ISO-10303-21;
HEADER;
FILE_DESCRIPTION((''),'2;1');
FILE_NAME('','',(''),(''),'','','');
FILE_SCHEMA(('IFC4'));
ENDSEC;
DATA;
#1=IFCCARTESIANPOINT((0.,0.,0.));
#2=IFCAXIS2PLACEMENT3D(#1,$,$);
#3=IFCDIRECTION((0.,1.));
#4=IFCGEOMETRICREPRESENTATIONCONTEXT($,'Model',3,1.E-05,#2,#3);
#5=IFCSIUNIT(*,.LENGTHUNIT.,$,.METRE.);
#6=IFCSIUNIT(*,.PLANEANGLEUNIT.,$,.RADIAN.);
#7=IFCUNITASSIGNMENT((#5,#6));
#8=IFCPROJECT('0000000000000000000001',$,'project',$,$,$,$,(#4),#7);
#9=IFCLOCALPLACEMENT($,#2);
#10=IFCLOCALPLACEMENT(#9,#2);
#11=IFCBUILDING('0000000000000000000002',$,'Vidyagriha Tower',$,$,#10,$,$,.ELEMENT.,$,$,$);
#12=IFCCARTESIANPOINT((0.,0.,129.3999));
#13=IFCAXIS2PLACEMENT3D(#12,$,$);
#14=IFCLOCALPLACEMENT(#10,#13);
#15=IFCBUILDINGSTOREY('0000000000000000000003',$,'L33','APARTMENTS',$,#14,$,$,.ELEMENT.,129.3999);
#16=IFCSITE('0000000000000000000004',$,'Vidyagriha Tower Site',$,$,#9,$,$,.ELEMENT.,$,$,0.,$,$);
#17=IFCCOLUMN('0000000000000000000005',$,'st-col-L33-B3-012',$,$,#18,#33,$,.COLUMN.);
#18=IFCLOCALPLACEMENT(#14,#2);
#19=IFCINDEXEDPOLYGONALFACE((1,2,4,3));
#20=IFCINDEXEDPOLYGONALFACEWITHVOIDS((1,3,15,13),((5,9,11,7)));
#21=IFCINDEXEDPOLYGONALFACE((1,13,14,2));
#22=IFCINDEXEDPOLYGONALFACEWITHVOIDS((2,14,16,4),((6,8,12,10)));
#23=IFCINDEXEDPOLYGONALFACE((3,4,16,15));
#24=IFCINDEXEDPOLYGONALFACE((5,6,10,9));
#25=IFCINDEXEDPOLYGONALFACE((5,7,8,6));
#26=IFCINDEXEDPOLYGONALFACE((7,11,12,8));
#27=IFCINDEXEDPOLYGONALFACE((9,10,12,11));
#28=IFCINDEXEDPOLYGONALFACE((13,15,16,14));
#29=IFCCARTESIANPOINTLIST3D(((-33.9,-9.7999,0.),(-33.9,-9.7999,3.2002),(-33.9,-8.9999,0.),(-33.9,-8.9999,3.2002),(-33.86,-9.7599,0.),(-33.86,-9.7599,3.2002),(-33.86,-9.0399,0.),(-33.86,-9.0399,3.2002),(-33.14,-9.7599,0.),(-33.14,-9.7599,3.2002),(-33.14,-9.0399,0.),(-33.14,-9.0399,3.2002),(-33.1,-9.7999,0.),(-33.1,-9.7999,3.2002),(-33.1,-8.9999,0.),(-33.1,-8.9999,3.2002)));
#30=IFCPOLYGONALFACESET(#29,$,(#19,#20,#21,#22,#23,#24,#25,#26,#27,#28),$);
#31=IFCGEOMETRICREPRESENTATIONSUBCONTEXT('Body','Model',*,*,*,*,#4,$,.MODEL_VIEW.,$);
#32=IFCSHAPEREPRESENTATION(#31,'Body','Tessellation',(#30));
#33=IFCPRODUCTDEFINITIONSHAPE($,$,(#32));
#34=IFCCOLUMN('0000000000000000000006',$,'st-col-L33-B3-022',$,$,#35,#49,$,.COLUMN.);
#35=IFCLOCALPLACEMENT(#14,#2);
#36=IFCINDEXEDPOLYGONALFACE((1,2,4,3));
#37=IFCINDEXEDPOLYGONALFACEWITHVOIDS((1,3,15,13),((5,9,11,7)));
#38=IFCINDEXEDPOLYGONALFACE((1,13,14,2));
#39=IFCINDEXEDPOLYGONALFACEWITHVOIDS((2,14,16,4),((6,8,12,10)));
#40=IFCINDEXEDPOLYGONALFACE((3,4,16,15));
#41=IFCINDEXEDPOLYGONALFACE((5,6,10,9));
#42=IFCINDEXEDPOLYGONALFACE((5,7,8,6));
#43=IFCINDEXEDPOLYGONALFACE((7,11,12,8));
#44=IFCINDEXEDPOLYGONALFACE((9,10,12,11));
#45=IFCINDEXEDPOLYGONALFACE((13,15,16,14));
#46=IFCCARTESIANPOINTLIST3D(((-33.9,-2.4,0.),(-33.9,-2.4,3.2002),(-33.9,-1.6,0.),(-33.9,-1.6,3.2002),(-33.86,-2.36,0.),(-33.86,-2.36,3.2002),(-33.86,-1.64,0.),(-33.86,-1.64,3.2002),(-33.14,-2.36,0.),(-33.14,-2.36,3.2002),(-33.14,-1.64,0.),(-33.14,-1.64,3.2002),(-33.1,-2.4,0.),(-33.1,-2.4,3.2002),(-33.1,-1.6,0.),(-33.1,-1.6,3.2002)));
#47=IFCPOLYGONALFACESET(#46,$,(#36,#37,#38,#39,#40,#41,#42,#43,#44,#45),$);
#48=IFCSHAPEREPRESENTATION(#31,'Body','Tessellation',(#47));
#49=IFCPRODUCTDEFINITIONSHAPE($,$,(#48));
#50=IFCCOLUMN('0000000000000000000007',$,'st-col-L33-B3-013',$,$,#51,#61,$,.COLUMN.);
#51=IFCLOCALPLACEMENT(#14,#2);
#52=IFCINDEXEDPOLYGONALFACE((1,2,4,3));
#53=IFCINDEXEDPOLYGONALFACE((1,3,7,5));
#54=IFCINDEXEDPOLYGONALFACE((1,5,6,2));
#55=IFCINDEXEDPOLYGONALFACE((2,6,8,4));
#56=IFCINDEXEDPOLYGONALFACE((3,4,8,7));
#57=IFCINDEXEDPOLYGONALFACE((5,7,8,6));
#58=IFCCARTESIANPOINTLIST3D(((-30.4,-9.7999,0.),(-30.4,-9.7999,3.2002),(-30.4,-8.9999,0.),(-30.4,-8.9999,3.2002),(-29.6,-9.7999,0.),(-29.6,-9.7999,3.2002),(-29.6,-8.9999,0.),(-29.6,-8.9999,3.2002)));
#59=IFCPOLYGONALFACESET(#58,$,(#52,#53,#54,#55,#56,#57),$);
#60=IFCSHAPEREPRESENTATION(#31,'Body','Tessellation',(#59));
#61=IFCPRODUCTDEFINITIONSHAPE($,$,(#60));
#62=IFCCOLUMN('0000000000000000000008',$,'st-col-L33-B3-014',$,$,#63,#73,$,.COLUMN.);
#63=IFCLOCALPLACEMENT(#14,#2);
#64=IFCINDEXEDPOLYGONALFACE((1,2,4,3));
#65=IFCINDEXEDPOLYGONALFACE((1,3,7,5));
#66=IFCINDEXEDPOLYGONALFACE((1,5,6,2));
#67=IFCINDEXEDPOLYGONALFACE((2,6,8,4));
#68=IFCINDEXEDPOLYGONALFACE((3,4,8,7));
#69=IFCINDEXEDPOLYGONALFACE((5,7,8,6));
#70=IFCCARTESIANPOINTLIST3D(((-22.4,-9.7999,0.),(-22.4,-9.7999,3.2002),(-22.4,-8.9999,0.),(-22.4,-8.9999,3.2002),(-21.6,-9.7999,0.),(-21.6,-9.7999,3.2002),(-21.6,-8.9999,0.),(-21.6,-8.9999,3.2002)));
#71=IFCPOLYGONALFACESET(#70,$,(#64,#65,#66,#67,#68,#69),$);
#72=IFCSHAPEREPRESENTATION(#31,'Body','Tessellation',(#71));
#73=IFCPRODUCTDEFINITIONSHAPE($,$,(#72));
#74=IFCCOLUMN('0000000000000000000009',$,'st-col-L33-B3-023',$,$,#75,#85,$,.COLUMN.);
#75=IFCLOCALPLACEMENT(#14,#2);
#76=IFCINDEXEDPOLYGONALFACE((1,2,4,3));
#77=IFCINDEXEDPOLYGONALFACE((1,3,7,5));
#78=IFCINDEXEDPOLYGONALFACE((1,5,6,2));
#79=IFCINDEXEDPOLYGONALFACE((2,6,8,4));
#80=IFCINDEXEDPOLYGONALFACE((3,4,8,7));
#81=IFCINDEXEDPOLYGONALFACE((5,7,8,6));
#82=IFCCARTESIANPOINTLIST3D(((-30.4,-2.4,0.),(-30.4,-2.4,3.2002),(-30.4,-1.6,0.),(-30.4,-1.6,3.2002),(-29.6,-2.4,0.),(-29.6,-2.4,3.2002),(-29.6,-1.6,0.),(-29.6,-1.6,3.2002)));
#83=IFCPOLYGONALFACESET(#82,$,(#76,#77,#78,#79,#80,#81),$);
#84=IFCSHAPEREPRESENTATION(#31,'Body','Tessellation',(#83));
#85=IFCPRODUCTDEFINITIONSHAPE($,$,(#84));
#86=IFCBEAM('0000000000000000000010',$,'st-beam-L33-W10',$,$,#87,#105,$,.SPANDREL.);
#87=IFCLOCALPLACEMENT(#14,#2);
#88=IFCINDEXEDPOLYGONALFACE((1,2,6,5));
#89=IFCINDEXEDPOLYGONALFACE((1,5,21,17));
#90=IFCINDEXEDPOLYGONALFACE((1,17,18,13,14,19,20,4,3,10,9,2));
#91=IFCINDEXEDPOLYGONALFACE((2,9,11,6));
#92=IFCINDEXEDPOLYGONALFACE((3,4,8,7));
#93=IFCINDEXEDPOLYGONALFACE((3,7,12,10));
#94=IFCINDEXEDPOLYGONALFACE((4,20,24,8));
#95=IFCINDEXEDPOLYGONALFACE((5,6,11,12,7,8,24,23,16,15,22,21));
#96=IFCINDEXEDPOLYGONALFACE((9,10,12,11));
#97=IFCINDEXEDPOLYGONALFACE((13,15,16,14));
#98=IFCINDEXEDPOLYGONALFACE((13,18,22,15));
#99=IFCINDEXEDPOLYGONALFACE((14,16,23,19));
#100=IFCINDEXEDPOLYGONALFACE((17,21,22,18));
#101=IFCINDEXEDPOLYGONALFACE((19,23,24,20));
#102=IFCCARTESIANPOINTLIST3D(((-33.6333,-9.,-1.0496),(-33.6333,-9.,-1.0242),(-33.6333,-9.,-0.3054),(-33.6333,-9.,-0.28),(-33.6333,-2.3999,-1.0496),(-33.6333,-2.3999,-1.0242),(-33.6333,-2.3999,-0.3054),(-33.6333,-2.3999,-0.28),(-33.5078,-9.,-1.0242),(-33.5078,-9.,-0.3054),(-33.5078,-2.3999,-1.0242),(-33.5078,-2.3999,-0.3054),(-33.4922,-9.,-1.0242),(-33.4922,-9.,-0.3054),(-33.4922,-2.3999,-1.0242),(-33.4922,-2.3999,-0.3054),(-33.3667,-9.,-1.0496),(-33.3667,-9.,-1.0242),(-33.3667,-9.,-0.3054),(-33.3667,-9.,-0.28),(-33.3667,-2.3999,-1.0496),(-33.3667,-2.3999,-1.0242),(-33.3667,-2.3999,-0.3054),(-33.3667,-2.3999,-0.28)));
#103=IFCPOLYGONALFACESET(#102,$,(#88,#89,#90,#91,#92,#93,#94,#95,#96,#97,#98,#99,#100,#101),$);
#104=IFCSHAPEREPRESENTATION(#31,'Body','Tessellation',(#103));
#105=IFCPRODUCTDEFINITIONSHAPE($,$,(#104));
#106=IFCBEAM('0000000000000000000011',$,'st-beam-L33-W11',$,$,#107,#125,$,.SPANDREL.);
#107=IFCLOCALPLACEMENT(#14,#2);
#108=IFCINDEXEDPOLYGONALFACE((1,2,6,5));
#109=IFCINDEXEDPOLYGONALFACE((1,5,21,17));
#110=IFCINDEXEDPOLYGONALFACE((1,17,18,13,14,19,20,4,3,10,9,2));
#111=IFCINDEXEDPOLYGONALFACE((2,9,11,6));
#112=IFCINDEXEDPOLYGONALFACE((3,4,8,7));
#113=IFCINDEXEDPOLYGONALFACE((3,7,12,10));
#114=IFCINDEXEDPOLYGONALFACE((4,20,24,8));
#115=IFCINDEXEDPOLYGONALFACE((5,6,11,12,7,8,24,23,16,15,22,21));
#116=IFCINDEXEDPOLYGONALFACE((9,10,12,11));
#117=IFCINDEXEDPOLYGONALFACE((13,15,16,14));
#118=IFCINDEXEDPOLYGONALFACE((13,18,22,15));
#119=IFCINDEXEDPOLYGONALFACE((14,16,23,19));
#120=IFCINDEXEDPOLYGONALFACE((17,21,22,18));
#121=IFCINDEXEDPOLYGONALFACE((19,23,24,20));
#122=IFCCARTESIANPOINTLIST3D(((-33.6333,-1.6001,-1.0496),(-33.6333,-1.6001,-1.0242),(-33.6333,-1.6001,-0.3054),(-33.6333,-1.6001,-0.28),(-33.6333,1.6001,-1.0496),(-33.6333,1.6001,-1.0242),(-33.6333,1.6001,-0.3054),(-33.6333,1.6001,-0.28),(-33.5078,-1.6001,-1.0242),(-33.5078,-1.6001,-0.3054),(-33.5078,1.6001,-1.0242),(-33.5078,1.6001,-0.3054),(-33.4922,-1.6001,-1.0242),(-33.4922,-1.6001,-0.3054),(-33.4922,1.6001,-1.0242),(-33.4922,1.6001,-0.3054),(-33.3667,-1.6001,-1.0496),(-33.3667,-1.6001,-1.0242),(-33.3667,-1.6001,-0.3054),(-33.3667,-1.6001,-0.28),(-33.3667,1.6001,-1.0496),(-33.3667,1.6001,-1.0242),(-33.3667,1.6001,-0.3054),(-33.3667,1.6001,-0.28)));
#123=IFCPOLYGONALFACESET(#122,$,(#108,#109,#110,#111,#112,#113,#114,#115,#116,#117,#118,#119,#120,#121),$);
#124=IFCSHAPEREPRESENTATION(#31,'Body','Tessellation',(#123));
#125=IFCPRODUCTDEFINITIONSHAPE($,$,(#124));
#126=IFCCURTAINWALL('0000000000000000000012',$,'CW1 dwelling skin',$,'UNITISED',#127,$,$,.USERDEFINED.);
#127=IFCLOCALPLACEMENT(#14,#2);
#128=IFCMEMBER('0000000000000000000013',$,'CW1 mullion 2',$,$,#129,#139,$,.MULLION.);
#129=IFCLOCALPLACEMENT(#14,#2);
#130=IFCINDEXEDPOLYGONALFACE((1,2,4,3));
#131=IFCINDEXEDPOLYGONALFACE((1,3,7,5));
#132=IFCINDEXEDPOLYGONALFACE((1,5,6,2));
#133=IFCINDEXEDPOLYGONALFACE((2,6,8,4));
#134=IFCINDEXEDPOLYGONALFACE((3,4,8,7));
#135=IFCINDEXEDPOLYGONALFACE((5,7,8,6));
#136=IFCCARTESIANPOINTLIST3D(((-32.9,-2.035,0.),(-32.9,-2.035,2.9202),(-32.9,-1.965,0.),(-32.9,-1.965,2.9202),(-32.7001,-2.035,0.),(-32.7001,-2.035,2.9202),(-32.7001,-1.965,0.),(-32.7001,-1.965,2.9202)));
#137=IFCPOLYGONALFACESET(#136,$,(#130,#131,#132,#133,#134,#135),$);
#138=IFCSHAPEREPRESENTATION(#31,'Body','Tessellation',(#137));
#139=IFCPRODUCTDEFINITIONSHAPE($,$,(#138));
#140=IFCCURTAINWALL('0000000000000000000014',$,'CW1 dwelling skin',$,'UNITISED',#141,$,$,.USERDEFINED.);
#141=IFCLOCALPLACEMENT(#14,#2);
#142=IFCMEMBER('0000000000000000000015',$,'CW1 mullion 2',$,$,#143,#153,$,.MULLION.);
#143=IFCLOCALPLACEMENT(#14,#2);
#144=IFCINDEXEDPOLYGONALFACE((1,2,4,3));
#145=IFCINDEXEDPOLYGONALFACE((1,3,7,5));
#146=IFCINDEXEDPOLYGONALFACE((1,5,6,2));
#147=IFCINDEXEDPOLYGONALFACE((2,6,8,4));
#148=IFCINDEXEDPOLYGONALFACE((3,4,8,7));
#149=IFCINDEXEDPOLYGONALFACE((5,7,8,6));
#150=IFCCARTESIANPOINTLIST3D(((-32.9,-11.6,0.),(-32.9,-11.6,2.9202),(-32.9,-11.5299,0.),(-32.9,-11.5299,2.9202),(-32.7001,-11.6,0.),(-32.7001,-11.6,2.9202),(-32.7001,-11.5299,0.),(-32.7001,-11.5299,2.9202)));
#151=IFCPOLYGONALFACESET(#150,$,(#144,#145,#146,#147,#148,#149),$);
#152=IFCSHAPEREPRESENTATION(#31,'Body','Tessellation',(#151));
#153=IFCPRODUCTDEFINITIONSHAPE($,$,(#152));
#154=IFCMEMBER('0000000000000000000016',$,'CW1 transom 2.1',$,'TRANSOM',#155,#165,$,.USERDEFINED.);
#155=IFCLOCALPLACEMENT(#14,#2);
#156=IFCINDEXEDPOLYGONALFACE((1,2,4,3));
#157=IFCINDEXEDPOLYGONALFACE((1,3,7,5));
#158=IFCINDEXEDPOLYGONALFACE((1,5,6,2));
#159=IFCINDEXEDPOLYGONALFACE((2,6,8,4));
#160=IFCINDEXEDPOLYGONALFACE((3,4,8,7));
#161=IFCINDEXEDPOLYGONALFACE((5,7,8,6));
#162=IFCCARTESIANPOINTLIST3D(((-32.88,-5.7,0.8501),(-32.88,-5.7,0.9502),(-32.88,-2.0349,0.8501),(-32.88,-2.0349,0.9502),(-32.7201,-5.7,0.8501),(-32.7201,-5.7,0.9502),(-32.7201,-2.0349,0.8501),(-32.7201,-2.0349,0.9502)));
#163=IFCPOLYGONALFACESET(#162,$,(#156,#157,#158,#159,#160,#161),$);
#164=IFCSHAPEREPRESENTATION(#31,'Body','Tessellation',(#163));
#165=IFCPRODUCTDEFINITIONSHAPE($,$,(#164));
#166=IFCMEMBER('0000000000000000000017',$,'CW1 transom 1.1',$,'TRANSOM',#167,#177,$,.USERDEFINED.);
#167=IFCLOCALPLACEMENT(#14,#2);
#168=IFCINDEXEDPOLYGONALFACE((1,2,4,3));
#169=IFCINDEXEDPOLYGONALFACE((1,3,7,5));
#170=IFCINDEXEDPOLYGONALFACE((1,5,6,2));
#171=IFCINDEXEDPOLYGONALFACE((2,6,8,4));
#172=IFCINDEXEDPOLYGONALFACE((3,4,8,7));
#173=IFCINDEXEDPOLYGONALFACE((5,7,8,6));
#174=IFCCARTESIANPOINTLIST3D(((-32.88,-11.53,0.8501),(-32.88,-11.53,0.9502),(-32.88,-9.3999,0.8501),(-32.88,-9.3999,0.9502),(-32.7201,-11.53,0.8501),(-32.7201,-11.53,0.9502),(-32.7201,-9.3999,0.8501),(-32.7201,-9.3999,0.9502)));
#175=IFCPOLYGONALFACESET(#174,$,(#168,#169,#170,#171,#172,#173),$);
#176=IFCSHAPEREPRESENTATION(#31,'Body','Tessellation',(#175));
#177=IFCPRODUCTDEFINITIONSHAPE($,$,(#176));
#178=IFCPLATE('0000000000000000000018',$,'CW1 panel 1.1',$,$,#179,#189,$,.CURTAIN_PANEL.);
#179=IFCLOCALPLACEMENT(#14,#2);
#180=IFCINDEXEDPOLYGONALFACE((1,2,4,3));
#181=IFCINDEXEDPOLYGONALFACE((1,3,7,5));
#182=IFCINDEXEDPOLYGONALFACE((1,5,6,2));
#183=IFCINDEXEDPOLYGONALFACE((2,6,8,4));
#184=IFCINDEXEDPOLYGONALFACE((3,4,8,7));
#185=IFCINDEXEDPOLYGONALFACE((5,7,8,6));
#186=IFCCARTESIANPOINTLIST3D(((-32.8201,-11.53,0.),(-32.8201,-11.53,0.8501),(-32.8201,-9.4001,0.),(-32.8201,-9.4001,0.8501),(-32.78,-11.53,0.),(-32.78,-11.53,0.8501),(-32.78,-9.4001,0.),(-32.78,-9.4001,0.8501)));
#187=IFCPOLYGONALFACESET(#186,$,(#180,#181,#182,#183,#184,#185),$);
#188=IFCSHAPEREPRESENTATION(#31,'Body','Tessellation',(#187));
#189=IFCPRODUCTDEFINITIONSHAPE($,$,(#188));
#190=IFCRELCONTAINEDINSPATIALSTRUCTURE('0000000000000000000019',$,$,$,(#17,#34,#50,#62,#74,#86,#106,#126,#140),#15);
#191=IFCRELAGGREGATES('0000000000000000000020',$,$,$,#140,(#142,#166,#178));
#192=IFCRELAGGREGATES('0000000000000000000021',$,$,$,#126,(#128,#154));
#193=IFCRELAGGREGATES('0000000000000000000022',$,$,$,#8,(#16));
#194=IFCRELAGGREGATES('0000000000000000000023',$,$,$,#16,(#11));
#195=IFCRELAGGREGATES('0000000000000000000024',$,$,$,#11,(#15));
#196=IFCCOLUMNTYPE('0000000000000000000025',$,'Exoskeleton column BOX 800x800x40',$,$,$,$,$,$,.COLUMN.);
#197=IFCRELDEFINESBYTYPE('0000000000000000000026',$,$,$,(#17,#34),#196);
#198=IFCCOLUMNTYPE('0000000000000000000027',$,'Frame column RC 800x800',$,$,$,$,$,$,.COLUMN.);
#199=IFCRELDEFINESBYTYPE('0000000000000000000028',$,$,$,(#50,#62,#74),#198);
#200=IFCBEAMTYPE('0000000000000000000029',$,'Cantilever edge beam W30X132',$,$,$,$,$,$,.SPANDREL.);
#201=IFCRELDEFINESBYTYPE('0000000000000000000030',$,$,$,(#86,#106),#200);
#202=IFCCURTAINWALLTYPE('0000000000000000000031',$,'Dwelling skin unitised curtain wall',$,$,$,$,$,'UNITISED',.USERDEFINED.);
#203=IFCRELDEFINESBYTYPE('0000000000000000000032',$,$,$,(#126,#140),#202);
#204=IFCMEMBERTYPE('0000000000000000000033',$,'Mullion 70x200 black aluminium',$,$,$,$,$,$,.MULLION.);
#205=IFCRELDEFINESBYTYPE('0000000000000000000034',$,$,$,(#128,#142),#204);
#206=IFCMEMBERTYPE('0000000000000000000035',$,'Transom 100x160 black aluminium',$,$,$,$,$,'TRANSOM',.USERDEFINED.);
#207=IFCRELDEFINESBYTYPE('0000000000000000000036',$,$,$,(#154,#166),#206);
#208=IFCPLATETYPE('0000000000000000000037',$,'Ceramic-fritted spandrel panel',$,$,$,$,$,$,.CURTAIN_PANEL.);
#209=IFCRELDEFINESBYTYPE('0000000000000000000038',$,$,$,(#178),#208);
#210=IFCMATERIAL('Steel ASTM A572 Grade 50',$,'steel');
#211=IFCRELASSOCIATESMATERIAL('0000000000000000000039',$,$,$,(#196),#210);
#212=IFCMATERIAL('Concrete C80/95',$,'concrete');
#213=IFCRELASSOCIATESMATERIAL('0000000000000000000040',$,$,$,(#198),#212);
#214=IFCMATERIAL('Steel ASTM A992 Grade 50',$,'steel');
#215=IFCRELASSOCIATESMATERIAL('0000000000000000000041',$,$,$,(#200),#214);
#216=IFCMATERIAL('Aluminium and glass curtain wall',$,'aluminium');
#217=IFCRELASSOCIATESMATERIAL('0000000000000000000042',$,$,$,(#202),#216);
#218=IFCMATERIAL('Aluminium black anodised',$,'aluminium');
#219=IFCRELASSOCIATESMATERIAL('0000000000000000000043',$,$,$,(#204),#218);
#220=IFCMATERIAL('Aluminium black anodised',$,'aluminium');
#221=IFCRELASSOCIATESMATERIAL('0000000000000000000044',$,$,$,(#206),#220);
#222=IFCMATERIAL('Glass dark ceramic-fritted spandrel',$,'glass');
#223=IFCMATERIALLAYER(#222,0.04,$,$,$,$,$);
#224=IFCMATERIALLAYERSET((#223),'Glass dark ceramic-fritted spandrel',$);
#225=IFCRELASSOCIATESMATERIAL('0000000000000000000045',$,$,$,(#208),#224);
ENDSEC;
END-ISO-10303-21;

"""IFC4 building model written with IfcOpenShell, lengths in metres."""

from ifc_helpers import new_model, si_unit, direction, frame, origin, origin_2d, place, context, subcontext, project, spatial, rectangle, hollow_rectangle, i_section, extrude, material, layer, layer_set, material_profile, profile_set, type_object, element, aggregate, save


model = new_model("IFC4")

# Units and contexts
model_context = context("Model", 3, precision=1e-05, world=origin(), true_north=direction((0.0, 1.0)))
body_context = subcontext(model_context, "Body", "Model", "MODEL_VIEW")
ifc_project = project(units=[si_unit("LENGTHUNIT", "METRE"), si_unit("PLANEANGLEUNIT", "RADIAN")], contexts=[model_context])

# Site, building, storey
site_placement = place(None, origin())
site = spatial("IfcSite", under=ifc_project, at=site_placement, Name="Vidyagriha Tower Site", CompositionType="ELEMENT", RefElevation=0.0)
building_placement = place(site_placement, origin())
building = spatial("IfcBuilding", under=site, at=building_placement, Name="Vidyagriha Tower", CompositionType="ELEMENT")
storey_placement = place(building_placement, frame((0.0, 0.0, 129.3999)))
storey = spatial("IfcBuildingStorey", under=building, at=storey_placement, Name="L33", Description="APARTMENTS", CompositionType="ELEMENT", Elevation=129.3999)

# Columns
ifc_material_1 = material(Name="Steel ASTM A572 Grade 50", Category="steel")
ifc_material_profile_1 = material_profile(ifc_material_1, hollow_rectangle(XDim=0.8, YDim=0.8, WallThickness=0.04, at=origin_2d()), Name="BOX 800x800x40")
ifc_profile_set_1 = profile_set([ifc_material_profile_1], Name="Steel ASTM A572 Grade 50")
column_type_1 = type_object("IfcColumnType", Name="Exoskeleton column BOX 800x800x40", PredefinedType="COLUMN", material=ifc_profile_set_1)
for number, where, name in (
    (1, (-33.5, -9.3999, 0.0), "st-col-L33-B3-012"),
    (2, (-33.5, -2.0, 0.0), "st-col-L33-B3-022"),
):
    element("IfcColumn", number, at=place(storey_placement, frame(where)), inside=storey, type_object=column_type_1, Name=name, PredefinedType="COLUMN", context=body_context, shape_type="SweptSolid", body=[
        extrude(hollow_rectangle(XDim=0.8, YDim=0.8, WallThickness=0.04, at=origin_2d()), origin(), (0.0, 0.0, 1.0), 3.2002),
    ])
ifc_material_2 = material(Name="Concrete C80/95", Category="concrete")
ifc_material_profile_2 = material_profile(ifc_material_2, rectangle(XDim=0.8, YDim=0.8, at=origin_2d()), Name="RC 800x800")
ifc_profile_set_2 = profile_set([ifc_material_profile_2], Name="Concrete C80/95")
column_type_2 = type_object("IfcColumnType", Name="Frame column RC 800x800", PredefinedType="COLUMN", material=ifc_profile_set_2)
for number, where, name in (
    (3, (-30.0, -9.3999, 0.0), "st-col-L33-B3-013"),
    (4, (-22.0, -9.3999, 0.0), "st-col-L33-B3-014"),
    (5, (-30.0, -2.0, 0.0), "st-col-L33-B3-023"),
):
    element("IfcColumn", number, at=place(storey_placement, frame(where)), inside=storey, type_object=column_type_2, Name=name, PredefinedType="COLUMN", context=body_context, shape_type="SweptSolid", body=[
        extrude(rectangle(XDim=0.8, YDim=0.8, at=origin_2d()), origin(), (0.0, 0.0, 1.0), 3.2002),
    ])

# Beams
ifc_material_3 = material(Name="Steel ASTM A992 Grade 50", Category="steel")
ifc_material_profile_3 = material_profile(ifc_material_3, i_section(OverallWidth=0.2666, OverallDepth=0.7695, WebThickness=0.0156, FlangeThickness=0.0254, at=origin_2d()), Name="W30X132")
ifc_profile_set_3 = profile_set([ifc_material_profile_3], Name="Steel ASTM A992 Grade 50")
beam_type = type_object("IfcBeamType", Name="Cantilever edge beam W30X132", PredefinedType="SPANDREL", material=ifc_profile_set_3)
beam_1_placement = place(storey_placement, frame((-33.5, -9.0, -0.6648), z_axis=(0.0, 1.0, 0.0), x_axis=(-1.0, 0.0, 0.0)))
element("IfcBeam", 6, at=beam_1_placement, inside=storey, type_object=beam_type, Name="st-beam-L33-W10", PredefinedType="SPANDREL", context=body_context, shape_type="SweptSolid", body=[
    extrude(i_section(OverallWidth=0.2666, OverallDepth=0.7695, WebThickness=0.0156, FlangeThickness=0.0254, at=origin_2d()), origin(), (0.0, 0.0, 1.0), 6.6001),
])
beam_2_placement = place(storey_placement, frame((-33.5, -1.6001, -0.6648), z_axis=(0.0, 1.0, 0.0), x_axis=(-1.0, 0.0, 0.0)))
element("IfcBeam", 7, at=beam_2_placement, inside=storey, type_object=beam_type, Name="st-beam-L33-W11", PredefinedType="SPANDREL", context=body_context, shape_type="SweptSolid", body=[
    extrude(i_section(OverallWidth=0.2666, OverallDepth=0.7695, WebThickness=0.0156, FlangeThickness=0.0254, at=origin_2d()), origin(), (0.0, 0.0, 1.0), 3.2002),
])

# Curtain walls, members
ifc_material_4 = material(Name="Aluminium and glass curtain wall", Category="aluminium")
curtain_wall_type = type_object("IfcCurtainWallType", Name="Dwelling skin unitised curtain wall", ElementType="UNITISED", PredefinedType="USERDEFINED", material=ifc_material_4)
curtain_wall_1_placement = place(storey_placement, origin())
curtain_wall_1 = element("IfcCurtainWall", 8, at=curtain_wall_1_placement, inside=storey, type_object=curtain_wall_type, Name="CW1 dwelling skin", ObjectType="UNITISED", PredefinedType="USERDEFINED")
ifc_material_5 = material(Name="Aluminium black anodised", Category="aluminium")
ifc_material_profile_4 = material_profile(ifc_material_5, rectangle(XDim=0.2, YDim=0.0701, at=origin_2d()), Name="Mullion 70x200 black aluminium")
ifc_profile_set_4 = profile_set([ifc_material_profile_4], Name="Aluminium black anodised")
member_type_1 = type_object("IfcMemberType", Name="Mullion 70x200 black aluminium", PredefinedType="MULLION", material=ifc_profile_set_4)
member_1_placement = place(storey_placement, frame((-32.8, -2.0, 0.0)))
member_1 = element("IfcMember", 9, at=member_1_placement, type_object=member_type_1, Name="CW1 mullion 2", PredefinedType="MULLION", context=body_context, shape_type="SweptSolid", body=[
    extrude(rectangle(XDim=0.2, YDim=0.0701, at=origin_2d()), origin(), (0.0, 0.0, 1.0), 2.9202),
])
curtain_wall_2_placement = place(storey_placement, origin())
curtain_wall_2 = element("IfcCurtainWall", 10, at=curtain_wall_2_placement, inside=storey, type_object=curtain_wall_type, Name="CW1 dwelling skin", ObjectType="UNITISED", PredefinedType="USERDEFINED")
member_2_placement = place(storey_placement, frame((-32.8, -11.5649, 0.0)))
member_2 = element("IfcMember", 11, at=member_2_placement, type_object=member_type_1, Name="CW1 mullion 2", PredefinedType="MULLION", context=body_context, shape_type="SweptSolid", body=[
    extrude(rectangle(XDim=0.2, YDim=0.0701, at=origin_2d()), origin(), (0.0, 0.0, 1.0), 2.9202),
])

# Members
ifc_material_6 = material(Name="Aluminium black anodised", Category="aluminium")
ifc_material_profile_5 = material_profile(ifc_material_6, rectangle(XDim=0.1599, YDim=0.1001, at=origin_2d()), Name="Transom 100x160 black aluminium")
ifc_profile_set_5 = profile_set([ifc_material_profile_5], Name="Aluminium black anodised")
member_type_2 = type_object("IfcMemberType", Name="Transom 100x160 black aluminium", ElementType="TRANSOM", PredefinedType="USERDEFINED", material=ifc_profile_set_5)
member_3_placement = place(storey_placement, frame((-32.8, -2.0349, 0.9001), z_axis=(0.0, -1.0, 0.0), x_axis=(1.0, 0.0, 0.0)))
member_3 = element("IfcMember", 12, at=member_3_placement, type_object=member_type_2, Name="CW1 transom 2.1", ObjectType="TRANSOM", PredefinedType="USERDEFINED", context=body_context, shape_type="SweptSolid", body=[
    extrude(rectangle(XDim=0.1599, YDim=0.1001, at=origin_2d()), origin(), (0.0, 0.0, 1.0), 3.665),
])
member_4_placement = place(storey_placement, frame((-32.8, -9.3999, 0.9001), z_axis=(0.0, -1.0, 0.0), x_axis=(1.0, 0.0, 0.0)))
member_4 = element("IfcMember", 13, at=member_4_placement, type_object=member_type_2, Name="CW1 transom 1.1", ObjectType="TRANSOM", PredefinedType="USERDEFINED", context=body_context, shape_type="SweptSolid", body=[
    extrude(rectangle(XDim=0.1599, YDim=0.1001, at=origin_2d()), origin(), (0.0, 0.0, 1.0), 2.1301),
])

# Plate
ifc_material_7 = material(Name="Glass dark ceramic-fritted spandrel", Category="glass")
ifc_layer_1 = layer(ifc_material_7, 0.04)
ifc_layer_set_1 = layer_set([ifc_layer_1], Name="Glass dark ceramic-fritted spandrel")
plate_type_1 = type_object("IfcPlateType", Name="Ceramic-fritted spandrel panel", PredefinedType="CURTAIN_PANEL", material=ifc_layer_set_1)
plate_1_placement = place(storey_placement, frame((-32.8, -10.4651, 0.0), z_axis=(0.0, 0.0, 1.0), x_axis=(0.0, -1.0, 0.0)))
plate_1 = element("IfcPlate", 14, at=plate_1_placement, type_object=plate_type_1, Name="CW1 panel 1.1", PredefinedType="CURTAIN_PANEL", context=body_context, shape_type="SweptSolid", body=[
    extrude(rectangle(XDim=2.1299, YDim=0.04, at=origin_2d()), origin(), (0.0, 0.0, 1.0), 0.8501),
])
aggregate(curtain_wall_2, [member_2, member_4, plate_1])
aggregate(curtain_wall_1, [member_1, member_3])

save(model, "model.ifc")
